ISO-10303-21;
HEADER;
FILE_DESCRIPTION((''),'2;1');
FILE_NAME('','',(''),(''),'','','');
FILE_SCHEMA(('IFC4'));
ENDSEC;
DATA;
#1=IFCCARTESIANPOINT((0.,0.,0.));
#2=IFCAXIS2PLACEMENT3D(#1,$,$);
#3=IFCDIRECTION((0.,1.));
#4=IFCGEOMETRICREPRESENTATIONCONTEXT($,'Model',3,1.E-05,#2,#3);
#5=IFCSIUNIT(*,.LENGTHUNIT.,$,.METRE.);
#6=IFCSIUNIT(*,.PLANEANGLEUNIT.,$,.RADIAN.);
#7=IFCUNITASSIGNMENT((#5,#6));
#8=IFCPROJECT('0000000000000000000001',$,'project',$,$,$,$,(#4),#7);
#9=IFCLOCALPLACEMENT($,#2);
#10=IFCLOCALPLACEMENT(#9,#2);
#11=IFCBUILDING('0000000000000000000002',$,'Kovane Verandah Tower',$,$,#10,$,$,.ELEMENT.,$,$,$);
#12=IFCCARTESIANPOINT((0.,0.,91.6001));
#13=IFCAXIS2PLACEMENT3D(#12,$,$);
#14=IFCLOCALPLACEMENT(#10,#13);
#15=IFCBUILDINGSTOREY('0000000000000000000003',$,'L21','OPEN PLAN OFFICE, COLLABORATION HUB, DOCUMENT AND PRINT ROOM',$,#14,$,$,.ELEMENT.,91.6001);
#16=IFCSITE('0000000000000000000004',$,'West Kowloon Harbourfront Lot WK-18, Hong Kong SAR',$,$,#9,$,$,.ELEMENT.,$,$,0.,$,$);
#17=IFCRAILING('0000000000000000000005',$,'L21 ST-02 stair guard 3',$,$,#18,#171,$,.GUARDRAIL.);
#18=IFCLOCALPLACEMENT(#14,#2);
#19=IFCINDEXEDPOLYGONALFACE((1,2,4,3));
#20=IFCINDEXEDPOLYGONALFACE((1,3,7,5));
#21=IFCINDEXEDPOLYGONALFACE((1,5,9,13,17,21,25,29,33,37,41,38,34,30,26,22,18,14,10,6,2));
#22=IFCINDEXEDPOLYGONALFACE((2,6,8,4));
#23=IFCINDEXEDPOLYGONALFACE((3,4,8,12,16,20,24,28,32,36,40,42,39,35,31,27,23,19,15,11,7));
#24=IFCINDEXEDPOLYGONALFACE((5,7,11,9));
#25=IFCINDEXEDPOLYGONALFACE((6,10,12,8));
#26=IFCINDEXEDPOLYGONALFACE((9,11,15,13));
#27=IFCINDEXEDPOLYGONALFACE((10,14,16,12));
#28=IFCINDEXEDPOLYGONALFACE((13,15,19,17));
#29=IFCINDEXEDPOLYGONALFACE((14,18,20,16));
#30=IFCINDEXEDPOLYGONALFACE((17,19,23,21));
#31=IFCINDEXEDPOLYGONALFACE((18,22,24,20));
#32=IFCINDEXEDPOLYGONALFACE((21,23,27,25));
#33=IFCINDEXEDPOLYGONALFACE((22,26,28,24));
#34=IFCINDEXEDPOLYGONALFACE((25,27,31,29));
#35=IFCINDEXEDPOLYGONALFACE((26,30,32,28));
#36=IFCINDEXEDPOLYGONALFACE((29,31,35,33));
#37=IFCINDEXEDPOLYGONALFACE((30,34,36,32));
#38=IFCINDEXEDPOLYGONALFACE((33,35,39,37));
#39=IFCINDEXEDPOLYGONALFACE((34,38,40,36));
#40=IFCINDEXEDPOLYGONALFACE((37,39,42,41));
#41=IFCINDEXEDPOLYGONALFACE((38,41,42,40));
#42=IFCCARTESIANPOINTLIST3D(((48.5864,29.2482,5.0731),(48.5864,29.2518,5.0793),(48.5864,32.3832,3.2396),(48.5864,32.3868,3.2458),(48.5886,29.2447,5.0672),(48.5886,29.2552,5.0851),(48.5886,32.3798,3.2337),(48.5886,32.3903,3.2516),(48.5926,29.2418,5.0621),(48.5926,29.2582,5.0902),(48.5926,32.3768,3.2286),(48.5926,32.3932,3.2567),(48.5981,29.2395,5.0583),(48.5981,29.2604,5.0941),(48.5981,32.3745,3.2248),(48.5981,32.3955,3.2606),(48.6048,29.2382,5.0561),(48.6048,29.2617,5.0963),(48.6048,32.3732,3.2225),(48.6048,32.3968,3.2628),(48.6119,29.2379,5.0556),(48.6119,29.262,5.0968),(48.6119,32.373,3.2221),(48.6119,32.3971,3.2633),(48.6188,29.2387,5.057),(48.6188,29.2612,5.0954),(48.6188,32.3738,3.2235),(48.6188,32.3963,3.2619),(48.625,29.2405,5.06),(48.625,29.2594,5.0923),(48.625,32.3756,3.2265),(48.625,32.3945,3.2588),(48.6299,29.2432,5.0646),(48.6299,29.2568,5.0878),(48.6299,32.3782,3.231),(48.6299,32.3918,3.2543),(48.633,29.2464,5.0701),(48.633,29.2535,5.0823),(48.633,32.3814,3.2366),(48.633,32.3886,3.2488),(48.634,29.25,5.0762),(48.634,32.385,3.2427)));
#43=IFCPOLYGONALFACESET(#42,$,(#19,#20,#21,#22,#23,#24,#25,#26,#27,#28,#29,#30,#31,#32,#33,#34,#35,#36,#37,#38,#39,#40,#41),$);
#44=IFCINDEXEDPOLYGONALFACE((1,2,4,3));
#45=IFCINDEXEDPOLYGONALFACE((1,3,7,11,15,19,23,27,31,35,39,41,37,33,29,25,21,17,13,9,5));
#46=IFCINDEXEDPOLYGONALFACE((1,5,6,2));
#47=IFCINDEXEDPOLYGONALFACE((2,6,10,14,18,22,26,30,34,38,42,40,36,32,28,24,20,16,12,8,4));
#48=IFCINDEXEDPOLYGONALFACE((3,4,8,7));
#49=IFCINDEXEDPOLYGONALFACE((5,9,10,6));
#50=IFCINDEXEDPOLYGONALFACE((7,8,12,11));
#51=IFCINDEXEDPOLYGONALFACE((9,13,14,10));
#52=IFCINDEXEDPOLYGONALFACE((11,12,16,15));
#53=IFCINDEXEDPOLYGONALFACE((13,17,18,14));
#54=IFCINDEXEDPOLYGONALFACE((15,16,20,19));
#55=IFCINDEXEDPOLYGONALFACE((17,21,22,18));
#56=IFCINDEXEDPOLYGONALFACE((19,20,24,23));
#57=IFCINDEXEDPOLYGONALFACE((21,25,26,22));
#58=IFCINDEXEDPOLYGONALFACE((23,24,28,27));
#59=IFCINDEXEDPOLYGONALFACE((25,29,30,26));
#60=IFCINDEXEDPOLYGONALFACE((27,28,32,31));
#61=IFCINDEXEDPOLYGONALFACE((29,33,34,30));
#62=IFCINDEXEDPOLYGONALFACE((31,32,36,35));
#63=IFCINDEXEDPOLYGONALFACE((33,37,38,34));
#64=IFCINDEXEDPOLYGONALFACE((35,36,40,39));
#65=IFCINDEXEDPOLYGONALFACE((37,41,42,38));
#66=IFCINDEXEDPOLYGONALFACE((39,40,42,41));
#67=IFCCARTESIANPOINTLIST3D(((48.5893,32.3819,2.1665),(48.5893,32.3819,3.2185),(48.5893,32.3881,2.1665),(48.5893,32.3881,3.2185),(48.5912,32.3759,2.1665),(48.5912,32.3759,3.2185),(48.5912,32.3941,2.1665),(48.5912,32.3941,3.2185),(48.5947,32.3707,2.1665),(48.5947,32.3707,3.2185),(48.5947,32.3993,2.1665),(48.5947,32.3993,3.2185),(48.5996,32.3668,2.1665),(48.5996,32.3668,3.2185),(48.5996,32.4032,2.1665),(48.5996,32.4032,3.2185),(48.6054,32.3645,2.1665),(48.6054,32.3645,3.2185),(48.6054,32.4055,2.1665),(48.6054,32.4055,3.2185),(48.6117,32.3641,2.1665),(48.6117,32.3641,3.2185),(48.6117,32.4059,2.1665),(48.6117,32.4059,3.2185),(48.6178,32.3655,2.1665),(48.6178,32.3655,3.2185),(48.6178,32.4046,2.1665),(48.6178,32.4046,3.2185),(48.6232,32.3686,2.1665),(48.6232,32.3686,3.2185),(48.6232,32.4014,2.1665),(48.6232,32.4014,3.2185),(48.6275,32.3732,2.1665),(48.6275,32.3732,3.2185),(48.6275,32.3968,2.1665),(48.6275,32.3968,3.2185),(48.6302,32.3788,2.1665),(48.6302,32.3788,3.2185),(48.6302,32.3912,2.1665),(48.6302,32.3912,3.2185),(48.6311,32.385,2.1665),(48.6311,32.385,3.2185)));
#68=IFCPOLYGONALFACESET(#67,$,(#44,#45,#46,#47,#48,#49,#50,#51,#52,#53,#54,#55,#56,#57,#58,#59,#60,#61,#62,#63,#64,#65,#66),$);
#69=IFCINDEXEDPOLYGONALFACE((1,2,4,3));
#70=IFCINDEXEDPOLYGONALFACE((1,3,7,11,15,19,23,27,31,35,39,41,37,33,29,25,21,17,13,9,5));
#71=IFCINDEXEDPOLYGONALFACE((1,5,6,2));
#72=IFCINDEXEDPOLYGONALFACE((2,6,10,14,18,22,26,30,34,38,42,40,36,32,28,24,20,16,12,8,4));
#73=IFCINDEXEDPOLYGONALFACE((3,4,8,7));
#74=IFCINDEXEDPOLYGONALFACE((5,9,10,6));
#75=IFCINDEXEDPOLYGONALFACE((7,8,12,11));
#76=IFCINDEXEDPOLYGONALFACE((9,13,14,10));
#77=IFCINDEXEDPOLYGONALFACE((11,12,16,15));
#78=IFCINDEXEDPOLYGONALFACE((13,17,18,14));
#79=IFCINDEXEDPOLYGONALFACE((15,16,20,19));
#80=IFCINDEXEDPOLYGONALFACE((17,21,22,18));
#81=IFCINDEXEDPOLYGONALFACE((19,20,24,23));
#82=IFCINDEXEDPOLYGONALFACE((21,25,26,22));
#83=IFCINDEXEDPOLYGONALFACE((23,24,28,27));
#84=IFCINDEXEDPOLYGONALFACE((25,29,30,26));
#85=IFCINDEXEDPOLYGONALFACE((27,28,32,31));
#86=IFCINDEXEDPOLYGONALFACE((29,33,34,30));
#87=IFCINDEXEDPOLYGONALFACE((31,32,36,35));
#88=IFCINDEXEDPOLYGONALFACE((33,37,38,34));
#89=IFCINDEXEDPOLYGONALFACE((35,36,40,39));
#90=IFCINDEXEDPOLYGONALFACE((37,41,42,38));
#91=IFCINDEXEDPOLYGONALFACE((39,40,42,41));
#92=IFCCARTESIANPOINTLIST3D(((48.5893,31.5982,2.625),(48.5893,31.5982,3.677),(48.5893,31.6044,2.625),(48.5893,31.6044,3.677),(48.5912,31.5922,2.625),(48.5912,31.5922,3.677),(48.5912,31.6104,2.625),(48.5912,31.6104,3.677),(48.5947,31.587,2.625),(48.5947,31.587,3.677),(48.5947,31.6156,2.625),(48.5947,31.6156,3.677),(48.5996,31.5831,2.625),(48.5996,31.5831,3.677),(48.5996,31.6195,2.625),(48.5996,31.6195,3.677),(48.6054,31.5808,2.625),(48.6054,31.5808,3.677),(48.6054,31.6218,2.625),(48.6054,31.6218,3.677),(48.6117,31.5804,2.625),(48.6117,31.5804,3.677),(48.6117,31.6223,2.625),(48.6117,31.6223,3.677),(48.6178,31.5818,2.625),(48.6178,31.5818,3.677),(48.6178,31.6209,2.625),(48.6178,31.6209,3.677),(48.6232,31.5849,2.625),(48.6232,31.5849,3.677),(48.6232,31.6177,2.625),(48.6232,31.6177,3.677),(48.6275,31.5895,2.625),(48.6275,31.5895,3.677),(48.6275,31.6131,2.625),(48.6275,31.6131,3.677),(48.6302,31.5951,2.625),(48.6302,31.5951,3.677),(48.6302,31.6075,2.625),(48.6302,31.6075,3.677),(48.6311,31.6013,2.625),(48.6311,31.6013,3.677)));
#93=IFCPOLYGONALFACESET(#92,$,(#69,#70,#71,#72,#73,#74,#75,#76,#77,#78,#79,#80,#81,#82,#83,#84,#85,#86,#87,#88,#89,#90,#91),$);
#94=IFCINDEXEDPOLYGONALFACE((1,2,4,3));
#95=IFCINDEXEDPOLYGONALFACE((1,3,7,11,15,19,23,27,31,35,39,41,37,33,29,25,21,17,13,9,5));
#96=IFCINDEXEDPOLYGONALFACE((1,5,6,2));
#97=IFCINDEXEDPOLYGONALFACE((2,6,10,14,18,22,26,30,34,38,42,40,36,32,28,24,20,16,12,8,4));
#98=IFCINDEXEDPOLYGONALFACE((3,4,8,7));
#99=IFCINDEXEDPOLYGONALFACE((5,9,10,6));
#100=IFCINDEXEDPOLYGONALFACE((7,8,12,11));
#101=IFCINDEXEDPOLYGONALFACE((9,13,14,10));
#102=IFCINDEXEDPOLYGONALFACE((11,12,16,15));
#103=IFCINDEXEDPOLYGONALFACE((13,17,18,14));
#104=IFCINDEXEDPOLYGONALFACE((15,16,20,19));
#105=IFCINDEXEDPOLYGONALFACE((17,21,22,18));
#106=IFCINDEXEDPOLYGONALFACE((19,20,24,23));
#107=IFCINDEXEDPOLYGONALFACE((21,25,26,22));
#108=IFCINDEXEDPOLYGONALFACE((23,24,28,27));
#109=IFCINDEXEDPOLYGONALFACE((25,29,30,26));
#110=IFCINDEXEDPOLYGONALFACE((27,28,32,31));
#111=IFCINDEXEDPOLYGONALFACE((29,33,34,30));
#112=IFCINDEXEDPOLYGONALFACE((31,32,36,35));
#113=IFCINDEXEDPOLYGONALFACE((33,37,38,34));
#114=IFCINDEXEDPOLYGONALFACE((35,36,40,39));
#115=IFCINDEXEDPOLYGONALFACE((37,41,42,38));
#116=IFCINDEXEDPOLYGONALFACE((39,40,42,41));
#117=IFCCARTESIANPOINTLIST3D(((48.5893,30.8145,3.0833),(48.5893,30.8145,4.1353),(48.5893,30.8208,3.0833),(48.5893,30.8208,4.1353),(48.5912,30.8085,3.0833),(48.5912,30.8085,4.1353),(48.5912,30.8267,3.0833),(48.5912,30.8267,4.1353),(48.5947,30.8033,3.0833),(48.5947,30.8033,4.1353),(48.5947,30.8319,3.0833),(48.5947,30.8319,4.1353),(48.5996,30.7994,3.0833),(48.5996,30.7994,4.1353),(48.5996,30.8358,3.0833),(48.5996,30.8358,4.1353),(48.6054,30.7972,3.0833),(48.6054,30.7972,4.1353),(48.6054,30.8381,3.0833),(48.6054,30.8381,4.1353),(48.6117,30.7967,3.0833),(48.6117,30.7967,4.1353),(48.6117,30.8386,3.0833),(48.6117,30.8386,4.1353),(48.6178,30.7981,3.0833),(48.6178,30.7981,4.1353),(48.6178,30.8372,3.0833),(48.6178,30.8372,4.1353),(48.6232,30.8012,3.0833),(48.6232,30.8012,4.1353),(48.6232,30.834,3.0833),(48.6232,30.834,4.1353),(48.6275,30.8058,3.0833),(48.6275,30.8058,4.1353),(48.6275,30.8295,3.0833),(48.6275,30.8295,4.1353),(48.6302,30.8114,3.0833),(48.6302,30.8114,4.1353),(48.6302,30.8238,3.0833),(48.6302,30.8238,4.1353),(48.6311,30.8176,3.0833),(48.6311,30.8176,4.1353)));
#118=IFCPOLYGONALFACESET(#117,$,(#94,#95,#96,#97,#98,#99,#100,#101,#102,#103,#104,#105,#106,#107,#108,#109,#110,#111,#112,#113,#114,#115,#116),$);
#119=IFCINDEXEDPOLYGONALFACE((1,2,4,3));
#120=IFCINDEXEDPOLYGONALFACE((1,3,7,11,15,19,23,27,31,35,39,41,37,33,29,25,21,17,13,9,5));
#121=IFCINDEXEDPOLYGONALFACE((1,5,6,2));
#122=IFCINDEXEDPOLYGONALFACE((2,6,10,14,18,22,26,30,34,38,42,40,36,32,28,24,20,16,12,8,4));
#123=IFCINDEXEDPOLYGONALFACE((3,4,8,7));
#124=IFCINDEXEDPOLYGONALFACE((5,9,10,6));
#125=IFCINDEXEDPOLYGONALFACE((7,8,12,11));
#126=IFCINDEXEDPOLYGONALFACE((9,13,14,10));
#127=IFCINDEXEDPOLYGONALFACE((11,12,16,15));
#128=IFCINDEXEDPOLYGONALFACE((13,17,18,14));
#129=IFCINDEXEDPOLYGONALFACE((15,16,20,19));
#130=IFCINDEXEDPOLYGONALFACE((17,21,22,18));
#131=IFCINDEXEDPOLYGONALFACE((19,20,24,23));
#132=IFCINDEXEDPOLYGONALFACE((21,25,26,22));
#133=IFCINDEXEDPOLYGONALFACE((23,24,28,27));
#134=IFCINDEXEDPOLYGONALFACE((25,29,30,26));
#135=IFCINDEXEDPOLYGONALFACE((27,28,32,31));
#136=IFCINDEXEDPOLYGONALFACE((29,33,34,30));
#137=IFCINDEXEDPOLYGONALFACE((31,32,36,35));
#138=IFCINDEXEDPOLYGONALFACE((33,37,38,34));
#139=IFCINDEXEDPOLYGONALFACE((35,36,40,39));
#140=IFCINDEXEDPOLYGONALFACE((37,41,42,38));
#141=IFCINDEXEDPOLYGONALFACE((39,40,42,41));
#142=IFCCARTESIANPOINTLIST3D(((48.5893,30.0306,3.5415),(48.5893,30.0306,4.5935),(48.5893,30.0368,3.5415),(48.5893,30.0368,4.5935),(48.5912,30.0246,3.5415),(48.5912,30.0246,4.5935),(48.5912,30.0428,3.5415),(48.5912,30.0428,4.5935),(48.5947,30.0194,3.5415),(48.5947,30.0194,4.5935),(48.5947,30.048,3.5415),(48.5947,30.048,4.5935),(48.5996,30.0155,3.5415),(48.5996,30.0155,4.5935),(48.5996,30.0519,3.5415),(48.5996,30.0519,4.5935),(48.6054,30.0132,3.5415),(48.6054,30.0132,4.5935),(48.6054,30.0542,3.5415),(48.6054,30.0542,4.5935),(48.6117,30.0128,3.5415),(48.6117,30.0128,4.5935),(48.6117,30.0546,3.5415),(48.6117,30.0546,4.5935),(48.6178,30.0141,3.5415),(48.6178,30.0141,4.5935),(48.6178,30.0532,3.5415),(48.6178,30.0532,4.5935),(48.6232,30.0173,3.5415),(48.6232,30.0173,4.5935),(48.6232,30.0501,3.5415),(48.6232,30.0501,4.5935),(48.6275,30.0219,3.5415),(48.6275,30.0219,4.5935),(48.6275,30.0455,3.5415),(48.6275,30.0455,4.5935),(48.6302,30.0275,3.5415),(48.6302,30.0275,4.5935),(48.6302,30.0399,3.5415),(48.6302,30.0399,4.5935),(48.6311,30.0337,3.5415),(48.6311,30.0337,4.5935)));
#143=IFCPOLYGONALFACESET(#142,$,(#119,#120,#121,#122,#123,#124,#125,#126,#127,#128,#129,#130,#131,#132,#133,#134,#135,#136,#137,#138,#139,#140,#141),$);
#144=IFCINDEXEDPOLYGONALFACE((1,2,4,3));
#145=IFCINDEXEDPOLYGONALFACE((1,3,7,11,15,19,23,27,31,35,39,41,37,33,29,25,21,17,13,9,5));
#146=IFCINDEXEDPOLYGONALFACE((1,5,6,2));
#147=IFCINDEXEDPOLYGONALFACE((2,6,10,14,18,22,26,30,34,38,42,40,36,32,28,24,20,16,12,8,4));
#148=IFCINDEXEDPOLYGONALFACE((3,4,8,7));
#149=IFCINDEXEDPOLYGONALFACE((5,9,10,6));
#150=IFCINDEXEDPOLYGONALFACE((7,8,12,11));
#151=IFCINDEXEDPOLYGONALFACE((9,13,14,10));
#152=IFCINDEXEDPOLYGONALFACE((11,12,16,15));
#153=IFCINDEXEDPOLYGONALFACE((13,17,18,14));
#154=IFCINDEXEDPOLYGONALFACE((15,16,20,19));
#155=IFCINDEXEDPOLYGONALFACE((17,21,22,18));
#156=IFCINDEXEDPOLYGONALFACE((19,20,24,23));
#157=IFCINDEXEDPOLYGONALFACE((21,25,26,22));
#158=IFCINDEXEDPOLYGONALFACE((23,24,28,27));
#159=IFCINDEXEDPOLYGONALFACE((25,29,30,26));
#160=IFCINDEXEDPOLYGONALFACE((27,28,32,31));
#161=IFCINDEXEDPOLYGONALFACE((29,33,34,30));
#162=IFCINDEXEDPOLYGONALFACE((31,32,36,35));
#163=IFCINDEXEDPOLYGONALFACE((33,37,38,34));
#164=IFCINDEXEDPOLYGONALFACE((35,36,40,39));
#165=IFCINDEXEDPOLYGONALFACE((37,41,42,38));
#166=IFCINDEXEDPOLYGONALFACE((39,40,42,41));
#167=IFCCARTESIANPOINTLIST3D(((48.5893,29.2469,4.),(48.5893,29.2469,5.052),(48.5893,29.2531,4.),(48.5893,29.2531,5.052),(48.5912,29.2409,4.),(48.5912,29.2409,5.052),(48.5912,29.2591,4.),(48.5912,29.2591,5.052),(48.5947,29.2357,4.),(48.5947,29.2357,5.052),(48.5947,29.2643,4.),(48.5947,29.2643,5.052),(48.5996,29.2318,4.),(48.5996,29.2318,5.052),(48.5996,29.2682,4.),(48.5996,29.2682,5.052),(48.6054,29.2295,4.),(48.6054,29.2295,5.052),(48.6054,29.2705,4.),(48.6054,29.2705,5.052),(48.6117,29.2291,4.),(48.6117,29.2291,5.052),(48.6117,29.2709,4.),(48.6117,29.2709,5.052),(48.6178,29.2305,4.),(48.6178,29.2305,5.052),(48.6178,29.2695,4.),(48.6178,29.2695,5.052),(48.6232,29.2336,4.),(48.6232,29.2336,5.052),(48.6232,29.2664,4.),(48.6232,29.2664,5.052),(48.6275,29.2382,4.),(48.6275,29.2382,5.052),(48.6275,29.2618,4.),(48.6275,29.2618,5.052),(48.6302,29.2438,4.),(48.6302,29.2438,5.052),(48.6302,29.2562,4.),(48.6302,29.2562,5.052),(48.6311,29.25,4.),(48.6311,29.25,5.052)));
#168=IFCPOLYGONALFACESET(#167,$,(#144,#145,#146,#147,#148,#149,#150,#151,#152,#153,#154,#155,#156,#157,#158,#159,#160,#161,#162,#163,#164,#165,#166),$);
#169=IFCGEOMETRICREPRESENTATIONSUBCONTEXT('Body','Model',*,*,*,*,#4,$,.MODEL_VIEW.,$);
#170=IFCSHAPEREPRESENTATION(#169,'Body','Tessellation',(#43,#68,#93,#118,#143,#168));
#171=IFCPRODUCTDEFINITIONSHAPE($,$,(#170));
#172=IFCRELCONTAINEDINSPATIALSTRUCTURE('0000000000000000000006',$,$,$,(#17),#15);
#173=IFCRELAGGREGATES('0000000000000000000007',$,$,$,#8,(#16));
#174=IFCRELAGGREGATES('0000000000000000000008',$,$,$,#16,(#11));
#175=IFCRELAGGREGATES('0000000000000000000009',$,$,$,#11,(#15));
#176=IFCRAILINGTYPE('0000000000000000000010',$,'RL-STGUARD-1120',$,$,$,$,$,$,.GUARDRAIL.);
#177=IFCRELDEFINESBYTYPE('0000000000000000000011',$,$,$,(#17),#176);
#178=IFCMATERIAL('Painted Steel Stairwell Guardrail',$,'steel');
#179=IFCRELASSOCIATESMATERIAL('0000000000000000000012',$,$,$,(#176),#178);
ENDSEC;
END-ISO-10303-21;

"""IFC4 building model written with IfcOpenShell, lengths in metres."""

from ifc_helpers import new_model, si_unit, direction, frame, origin, origin_2d, place, context, subcontext, project, spatial, circle, extrude, material, type_object, element, save


model = new_model("IFC4")

# Units and contexts
model_context = context("Model", 3, precision=1e-05, world=origin(), true_north=direction((0.0, 1.0)))
body_context = subcontext(model_context, "Body", "Model", "MODEL_VIEW")
ifc_project = project(units=[si_unit("LENGTHUNIT", "METRE"), si_unit("PLANEANGLEUNIT", "RADIAN")], contexts=[model_context])

# Site, building, storey
site_placement = place(None, origin())
site = spatial("IfcSite", under=ifc_project, at=site_placement, Name="West Kowloon Harbourfront Lot WK-18, Hong Kong SAR", CompositionType="ELEMENT", RefElevation=0.0)
building_placement = place(site_placement, origin())
building = spatial("IfcBuilding", under=site, at=building_placement, Name="Kovane Verandah Tower", CompositionType="ELEMENT")
storey_placement = place(building_placement, frame((0.0, 0.0, 91.6001)))
storey = spatial("IfcBuildingStorey", under=building, at=storey_placement, Name="L21", Description="OPEN PLAN OFFICE, COLLABORATION HUB, DOCUMENT AND PRINT ROOM", CompositionType="ELEMENT", Elevation=91.6001)

# Railing
ifc_material_1 = material(Name="Painted Steel Stairwell Guardrail", Category="steel")
railing_type_1 = type_object("IfcRailingType", Name="RL-STGUARD-1120", PredefinedType="GUARDRAIL", material=ifc_material_1)
railing_1_placement = place(storey_placement, frame((48.6101, 32.385, 2.1665)))
element("IfcRailing", 1, at=railing_1_placement, inside=storey, type_object=railing_type_1, Name="L21 ST-02 stair guard 3", PredefinedType="GUARDRAIL", context=body_context, shape_type="SweptSolid", body=[
    extrude(circle(Radius=0.0239, at=origin_2d()), frame((0.0, 0.0, 1.0762), z_axis=(0.0, -0.86321, 0.504845), x_axis=(1.0, 0.0, 0.0)), (0.0, 0.0, 1.0), 3.6318),
    extrude(circle(Radius=0.021, at=origin_2d()), origin(), (0.0, 0.0, 1.0), 1.052),
    extrude(circle(Radius=0.021, at=origin_2d()), frame((0.0, -0.7837, 0.4585)), (0.0, 0.0, 1.0), 1.052),
    extrude(circle(Radius=0.021, at=origin_2d()), frame((0.0, -1.5674, 0.9167)), (0.0, 0.0, 1.0), 1.052),
    extrude(circle(Radius=0.021, at=origin_2d()), frame((0.0, -2.3513, 1.375)), (0.0, 0.0, 1.0), 1.052),
    extrude(circle(Radius=0.021, at=origin_2d()), frame((0.0, -3.135, 1.8335)), (0.0, 0.0, 1.0), 1.052),
])

save(model, "model.ifc")
